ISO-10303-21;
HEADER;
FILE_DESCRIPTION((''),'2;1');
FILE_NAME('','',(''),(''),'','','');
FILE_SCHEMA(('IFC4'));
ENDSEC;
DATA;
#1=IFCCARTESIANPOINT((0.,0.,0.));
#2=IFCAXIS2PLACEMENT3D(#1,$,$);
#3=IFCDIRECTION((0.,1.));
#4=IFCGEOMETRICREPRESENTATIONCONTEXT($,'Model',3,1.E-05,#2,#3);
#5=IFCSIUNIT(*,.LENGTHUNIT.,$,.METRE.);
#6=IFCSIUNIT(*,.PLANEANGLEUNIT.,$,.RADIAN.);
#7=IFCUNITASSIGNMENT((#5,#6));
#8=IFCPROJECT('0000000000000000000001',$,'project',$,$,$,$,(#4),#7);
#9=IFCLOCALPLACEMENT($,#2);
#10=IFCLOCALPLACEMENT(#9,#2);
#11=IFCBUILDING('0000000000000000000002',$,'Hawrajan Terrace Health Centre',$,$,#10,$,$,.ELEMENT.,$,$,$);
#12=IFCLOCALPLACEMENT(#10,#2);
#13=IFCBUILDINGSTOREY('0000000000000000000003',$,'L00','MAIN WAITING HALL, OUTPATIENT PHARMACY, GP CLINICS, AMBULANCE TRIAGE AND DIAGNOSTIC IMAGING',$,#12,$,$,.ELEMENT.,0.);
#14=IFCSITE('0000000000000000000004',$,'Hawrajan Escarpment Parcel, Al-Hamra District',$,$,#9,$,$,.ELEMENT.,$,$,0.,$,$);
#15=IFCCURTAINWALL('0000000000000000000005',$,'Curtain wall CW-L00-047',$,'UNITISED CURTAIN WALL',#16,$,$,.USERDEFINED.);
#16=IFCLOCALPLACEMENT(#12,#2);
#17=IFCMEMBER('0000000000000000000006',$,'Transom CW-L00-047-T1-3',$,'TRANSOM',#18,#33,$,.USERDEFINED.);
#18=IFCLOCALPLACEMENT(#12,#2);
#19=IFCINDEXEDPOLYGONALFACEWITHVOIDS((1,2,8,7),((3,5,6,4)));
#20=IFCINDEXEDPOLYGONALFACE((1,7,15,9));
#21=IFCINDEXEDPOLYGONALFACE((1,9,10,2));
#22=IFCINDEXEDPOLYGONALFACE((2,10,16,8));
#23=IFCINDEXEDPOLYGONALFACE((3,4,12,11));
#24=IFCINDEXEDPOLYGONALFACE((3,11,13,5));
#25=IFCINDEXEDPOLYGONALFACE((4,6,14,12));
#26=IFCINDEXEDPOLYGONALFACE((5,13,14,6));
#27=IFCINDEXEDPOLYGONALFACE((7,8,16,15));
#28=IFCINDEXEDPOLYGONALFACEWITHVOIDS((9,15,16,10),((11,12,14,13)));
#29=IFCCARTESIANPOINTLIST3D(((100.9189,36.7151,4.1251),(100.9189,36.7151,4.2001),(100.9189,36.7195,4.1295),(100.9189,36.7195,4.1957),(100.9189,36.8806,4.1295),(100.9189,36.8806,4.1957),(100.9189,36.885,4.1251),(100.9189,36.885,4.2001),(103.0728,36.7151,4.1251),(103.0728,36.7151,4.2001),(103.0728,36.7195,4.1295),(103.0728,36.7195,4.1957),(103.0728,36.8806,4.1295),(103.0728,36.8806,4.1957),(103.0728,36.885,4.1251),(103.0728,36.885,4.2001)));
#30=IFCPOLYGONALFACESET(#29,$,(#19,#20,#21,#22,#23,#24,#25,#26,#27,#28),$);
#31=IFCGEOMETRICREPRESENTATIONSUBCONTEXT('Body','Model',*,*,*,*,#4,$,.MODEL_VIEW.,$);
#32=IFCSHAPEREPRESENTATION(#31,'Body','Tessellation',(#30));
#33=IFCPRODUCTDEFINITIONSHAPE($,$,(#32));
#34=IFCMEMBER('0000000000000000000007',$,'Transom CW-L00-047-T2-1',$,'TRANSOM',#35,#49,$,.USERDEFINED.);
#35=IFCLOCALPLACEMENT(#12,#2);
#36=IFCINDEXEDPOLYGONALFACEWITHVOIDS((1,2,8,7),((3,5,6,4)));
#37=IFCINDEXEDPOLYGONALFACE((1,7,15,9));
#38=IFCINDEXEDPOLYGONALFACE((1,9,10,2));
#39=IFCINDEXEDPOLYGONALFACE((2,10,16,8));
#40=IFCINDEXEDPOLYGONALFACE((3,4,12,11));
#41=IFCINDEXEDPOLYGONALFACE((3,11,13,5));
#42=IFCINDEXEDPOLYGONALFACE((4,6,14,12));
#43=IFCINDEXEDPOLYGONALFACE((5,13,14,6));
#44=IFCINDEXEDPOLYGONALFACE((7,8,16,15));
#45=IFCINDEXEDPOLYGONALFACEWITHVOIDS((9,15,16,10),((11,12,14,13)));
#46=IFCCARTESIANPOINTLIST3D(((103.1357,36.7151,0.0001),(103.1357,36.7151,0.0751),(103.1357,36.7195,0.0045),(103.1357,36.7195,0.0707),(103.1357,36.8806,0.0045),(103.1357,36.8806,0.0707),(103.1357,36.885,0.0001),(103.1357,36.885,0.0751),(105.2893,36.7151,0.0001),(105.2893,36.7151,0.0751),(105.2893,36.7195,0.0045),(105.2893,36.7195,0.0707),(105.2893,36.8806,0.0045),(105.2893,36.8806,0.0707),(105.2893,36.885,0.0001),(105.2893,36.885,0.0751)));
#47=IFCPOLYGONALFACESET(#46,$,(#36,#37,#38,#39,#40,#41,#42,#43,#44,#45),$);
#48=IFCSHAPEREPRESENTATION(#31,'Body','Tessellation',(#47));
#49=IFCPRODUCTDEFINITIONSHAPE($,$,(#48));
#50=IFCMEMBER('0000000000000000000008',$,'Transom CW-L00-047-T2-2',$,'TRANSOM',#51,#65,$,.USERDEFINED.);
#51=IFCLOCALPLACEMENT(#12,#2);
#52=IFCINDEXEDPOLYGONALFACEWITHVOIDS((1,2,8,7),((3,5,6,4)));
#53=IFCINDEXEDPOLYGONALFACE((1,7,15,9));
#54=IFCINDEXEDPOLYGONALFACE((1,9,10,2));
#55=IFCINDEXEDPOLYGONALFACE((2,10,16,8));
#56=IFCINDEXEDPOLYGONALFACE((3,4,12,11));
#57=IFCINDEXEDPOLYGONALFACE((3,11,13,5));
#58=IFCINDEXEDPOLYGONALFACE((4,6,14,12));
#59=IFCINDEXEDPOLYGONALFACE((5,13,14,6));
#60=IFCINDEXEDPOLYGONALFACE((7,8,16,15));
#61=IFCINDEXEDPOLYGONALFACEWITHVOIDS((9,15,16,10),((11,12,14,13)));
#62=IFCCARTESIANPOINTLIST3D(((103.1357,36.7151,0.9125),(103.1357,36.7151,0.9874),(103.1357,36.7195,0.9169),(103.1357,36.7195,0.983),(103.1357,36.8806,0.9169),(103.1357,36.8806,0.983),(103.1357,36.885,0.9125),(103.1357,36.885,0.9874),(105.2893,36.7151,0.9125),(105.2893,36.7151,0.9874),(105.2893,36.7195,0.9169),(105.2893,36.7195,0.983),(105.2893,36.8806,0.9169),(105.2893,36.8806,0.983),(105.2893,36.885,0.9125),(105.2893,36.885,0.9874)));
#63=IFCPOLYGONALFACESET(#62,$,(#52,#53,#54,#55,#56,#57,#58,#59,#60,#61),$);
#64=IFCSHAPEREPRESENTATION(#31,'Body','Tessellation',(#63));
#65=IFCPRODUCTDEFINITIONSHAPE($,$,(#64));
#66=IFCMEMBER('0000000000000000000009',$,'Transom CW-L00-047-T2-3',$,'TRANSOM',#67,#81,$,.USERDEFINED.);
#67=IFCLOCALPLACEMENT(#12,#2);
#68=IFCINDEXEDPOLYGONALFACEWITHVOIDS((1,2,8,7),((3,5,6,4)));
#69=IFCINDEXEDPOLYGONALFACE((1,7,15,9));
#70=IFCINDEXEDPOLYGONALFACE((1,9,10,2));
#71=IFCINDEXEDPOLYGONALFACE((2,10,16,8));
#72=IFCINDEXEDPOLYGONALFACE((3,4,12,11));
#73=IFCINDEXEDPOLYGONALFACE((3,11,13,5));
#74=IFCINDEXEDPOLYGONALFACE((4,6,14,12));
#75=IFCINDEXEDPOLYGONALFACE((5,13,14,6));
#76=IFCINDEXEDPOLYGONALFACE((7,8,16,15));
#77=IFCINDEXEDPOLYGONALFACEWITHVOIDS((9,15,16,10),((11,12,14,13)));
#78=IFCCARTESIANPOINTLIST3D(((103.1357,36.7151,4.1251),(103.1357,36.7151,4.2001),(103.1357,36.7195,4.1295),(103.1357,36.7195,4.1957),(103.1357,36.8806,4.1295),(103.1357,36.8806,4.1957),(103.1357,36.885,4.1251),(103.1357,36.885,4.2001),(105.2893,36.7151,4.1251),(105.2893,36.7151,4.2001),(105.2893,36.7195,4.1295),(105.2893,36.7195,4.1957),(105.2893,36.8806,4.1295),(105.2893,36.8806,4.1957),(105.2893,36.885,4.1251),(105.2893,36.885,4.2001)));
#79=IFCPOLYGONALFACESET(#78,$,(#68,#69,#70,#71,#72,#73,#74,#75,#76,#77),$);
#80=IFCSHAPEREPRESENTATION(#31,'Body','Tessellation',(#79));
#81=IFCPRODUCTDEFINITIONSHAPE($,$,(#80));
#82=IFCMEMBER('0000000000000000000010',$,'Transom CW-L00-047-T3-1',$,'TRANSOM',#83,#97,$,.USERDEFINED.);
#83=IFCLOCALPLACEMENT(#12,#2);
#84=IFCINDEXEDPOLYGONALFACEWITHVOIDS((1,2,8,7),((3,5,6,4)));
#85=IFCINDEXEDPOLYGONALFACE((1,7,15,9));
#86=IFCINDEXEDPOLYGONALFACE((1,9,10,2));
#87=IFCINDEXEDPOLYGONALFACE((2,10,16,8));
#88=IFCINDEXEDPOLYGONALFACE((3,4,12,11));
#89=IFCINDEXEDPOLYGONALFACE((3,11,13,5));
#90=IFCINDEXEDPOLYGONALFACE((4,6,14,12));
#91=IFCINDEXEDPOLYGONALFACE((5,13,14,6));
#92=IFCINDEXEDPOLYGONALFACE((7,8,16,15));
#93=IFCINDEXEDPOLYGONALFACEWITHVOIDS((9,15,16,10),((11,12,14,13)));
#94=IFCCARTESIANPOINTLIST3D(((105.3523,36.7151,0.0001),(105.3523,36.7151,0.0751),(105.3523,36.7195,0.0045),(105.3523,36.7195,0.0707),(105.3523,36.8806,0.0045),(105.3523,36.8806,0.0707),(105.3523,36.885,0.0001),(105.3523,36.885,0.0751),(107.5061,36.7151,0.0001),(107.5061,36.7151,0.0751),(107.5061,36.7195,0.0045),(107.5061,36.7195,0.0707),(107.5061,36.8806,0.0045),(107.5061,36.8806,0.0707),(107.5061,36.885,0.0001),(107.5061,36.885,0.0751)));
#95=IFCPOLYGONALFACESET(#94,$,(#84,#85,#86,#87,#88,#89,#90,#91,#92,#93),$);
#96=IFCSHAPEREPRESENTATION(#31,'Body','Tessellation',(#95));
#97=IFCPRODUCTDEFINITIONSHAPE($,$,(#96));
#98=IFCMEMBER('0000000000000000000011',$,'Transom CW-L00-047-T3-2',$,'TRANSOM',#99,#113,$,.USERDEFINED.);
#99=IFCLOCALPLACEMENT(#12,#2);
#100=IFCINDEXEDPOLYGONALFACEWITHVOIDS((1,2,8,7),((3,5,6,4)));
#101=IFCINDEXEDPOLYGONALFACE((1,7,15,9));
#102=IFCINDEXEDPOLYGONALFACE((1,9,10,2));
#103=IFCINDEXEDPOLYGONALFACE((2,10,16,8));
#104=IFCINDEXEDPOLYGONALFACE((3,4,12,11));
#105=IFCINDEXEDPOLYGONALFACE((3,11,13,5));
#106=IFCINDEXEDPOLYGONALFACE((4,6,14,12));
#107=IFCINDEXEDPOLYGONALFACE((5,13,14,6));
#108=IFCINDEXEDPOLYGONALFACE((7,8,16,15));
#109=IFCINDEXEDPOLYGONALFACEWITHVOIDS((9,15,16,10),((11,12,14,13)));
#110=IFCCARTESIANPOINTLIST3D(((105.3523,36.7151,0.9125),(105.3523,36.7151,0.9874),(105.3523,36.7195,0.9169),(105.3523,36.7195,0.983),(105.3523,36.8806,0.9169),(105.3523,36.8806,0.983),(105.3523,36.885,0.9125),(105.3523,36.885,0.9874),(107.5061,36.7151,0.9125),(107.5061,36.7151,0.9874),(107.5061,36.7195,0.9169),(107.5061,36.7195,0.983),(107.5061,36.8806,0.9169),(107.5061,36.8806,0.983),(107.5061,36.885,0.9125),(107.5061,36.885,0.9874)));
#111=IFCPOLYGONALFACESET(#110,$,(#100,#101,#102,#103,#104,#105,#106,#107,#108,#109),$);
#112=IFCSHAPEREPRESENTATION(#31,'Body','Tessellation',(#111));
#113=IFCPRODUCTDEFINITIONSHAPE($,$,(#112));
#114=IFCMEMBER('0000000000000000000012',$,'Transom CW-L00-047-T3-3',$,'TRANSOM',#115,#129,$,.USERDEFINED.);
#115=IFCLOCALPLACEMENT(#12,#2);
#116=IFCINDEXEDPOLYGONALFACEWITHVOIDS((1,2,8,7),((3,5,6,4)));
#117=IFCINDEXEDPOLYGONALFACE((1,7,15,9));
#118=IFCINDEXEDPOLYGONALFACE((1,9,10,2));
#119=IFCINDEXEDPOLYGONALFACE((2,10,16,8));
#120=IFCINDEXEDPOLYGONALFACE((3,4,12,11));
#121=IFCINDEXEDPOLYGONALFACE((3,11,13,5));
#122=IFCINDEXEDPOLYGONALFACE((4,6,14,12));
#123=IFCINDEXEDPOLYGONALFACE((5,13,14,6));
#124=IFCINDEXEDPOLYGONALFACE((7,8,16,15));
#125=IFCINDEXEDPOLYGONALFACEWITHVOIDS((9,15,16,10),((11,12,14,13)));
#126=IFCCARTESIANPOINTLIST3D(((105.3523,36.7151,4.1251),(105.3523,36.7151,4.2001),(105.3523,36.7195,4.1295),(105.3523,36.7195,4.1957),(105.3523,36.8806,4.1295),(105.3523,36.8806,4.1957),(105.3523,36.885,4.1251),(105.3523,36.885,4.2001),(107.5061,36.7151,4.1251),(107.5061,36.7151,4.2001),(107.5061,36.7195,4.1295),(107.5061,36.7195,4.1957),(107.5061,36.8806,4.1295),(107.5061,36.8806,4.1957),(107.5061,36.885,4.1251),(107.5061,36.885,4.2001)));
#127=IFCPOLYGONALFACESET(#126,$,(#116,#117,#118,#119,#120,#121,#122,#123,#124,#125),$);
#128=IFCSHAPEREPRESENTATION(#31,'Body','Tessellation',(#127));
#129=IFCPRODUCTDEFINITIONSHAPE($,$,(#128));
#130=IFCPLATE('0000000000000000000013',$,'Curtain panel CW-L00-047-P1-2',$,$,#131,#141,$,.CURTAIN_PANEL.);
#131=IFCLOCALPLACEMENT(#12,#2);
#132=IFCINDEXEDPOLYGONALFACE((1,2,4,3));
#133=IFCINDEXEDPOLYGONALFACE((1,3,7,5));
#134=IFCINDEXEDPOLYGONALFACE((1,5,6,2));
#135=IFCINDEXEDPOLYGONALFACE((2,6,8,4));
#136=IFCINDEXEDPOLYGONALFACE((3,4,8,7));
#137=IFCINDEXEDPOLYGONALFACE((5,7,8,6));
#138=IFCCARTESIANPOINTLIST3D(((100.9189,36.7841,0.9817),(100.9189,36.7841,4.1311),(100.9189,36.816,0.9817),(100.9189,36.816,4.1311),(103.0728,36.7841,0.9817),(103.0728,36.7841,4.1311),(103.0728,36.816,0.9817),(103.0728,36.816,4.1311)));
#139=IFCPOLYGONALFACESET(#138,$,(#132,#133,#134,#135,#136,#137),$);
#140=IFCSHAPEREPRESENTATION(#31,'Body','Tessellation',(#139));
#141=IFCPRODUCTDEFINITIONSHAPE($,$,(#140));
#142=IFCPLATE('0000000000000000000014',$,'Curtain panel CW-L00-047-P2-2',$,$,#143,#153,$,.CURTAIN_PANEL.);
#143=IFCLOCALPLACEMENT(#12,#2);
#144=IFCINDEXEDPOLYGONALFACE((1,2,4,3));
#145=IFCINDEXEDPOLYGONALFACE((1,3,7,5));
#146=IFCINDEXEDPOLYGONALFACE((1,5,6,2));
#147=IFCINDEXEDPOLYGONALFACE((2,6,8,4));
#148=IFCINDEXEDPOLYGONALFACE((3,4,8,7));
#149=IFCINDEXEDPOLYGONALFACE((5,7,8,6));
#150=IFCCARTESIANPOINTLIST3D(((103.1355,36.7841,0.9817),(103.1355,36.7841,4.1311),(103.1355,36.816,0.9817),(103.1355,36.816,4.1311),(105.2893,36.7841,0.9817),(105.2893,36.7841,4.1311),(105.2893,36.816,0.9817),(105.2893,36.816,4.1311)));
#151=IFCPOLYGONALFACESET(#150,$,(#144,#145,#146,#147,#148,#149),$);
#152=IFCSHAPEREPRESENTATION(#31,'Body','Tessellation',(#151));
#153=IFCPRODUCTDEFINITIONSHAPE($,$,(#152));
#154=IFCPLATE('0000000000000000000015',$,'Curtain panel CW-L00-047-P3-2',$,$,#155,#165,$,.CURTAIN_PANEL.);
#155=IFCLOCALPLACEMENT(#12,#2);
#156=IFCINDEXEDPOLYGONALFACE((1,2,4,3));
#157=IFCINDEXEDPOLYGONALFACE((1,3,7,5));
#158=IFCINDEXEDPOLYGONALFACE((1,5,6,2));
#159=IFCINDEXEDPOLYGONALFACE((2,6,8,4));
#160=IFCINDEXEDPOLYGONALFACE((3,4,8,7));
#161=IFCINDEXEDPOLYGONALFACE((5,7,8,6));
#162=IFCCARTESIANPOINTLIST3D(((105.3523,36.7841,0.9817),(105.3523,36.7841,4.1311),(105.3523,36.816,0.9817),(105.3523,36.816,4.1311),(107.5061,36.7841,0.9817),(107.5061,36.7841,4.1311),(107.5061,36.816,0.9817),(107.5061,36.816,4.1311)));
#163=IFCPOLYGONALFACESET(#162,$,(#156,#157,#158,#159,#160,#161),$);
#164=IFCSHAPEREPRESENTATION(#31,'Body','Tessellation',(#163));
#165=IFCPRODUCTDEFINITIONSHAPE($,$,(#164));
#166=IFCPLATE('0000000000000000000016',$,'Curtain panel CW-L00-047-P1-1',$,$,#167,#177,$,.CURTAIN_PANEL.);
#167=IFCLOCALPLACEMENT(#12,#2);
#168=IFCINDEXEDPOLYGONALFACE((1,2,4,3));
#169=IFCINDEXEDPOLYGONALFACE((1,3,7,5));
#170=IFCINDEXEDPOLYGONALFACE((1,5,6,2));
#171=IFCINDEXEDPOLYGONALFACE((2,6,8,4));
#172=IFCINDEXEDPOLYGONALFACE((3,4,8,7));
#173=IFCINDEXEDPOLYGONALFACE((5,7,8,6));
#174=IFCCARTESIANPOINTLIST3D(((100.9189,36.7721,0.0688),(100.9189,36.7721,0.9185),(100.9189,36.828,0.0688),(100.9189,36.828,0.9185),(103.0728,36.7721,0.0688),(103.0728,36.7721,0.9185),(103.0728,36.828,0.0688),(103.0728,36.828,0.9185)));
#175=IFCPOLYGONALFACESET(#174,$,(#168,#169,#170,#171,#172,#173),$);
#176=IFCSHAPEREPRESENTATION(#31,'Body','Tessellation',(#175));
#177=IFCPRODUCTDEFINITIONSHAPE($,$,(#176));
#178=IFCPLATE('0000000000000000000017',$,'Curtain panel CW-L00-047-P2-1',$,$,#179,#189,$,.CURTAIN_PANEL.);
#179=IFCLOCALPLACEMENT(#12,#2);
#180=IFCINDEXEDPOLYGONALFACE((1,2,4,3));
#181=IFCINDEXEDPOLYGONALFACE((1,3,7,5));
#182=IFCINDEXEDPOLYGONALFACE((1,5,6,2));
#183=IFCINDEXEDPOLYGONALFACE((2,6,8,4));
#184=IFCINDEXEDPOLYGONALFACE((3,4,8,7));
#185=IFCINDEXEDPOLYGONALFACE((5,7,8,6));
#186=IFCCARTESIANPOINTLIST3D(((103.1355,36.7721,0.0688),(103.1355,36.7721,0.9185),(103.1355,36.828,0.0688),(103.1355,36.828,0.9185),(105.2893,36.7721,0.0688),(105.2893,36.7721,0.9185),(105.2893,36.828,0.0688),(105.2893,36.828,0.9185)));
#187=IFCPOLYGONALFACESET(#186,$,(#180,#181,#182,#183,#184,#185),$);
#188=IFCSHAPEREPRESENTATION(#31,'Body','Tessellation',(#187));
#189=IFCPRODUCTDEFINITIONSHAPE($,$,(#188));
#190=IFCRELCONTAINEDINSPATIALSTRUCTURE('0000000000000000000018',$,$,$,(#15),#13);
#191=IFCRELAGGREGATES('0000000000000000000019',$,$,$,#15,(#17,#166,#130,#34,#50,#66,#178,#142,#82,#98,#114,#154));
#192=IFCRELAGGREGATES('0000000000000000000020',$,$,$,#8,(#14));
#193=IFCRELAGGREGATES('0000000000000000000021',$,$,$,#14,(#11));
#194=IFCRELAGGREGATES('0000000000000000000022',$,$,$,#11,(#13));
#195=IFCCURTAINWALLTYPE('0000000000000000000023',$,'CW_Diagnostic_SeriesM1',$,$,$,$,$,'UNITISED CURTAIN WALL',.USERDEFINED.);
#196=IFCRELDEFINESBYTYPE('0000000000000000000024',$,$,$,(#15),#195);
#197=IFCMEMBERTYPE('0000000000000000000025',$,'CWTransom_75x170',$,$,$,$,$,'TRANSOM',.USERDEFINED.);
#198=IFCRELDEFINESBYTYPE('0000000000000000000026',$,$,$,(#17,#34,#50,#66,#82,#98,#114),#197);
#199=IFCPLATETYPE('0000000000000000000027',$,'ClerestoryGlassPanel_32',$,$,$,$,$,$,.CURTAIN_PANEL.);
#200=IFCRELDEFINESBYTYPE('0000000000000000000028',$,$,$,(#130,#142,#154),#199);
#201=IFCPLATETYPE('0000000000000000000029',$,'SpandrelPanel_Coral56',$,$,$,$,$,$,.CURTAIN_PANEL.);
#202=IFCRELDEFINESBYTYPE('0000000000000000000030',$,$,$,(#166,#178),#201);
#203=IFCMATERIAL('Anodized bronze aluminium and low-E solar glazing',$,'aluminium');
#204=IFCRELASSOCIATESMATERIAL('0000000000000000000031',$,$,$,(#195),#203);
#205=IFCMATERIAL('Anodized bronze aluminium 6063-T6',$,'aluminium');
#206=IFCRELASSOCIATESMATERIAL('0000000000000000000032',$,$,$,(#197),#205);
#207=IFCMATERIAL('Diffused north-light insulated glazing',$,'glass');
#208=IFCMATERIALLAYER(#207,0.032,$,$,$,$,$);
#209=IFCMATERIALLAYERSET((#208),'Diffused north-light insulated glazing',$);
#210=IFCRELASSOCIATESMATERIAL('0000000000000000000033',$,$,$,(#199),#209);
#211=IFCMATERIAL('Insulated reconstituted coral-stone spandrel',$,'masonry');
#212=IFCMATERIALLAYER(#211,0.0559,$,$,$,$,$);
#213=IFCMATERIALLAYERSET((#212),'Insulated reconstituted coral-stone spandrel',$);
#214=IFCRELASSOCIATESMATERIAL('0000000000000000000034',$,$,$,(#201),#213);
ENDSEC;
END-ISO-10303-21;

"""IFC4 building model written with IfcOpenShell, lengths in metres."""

from ifc_helpers import new_model, si_unit, direction, frame, origin, origin_2d, place, context, subcontext, project, spatial, rectangle, hollow_rectangle, extrude, material, layer, layer_set, material_profile, profile_set, type_object, element, aggregate, save


model = new_model("IFC4")

# Units and contexts
model_context = context("Model", 3, precision=1e-05, world=origin(), true_north=direction((0.0, 1.0)))
body_context = subcontext(model_context, "Body", "Model", "MODEL_VIEW")
ifc_project = project(units=[si_unit("LENGTHUNIT", "METRE"), si_unit("PLANEANGLEUNIT", "RADIAN")], contexts=[model_context])

# Site, building, storey
site_placement = place(None, origin())
site = spatial("IfcSite", under=ifc_project, at=site_placement, Name="Hawrajan Escarpment Parcel, Al-Hamra District", CompositionType="ELEMENT", RefElevation=0.0)
building_placement = place(site_placement, origin())
building = spatial("IfcBuilding", under=site, at=building_placement, Name="Hawrajan Terrace Health Centre", CompositionType="ELEMENT")
storey_placement = place(building_placement, origin())
storey = spatial("IfcBuildingStorey", under=building, at=storey_placement, Name="L00", Description="MAIN WAITING HALL, OUTPATIENT PHARMACY, GP CLINICS, AMBULANCE TRIAGE AND DIAGNOSTIC IMAGING", CompositionType="ELEMENT", Elevation=0.0)

# Shared definitions
ifc_material_1 = material(Name="Anodized bronze aluminium and low-E solar glazing", Category="aluminium")
ifc_material_2 = material(Name="Anodized bronze aluminium 6063-T6", Category="aluminium")

# Curtain wall, members, plates
curtain_wall_type_1 = type_object("IfcCurtainWallType", Name="CW_Diagnostic_SeriesM1", ElementType="UNITISED CURTAIN WALL", PredefinedType="USERDEFINED", material=ifc_material_1)
curtain_wall_1_placement = place(storey_placement, origin())
curtain_wall_1 = element("IfcCurtainWall", 1, at=curtain_wall_1_placement, inside=storey, type_object=curtain_wall_type_1, Name="Curtain wall CW-L00-047", ObjectType="UNITISED CURTAIN WALL", PredefinedType="USERDEFINED")
ifc_material_profile_1 = material_profile(ifc_material_2, hollow_rectangle(XDim=0.075, YDim=0.1699, WallThickness=0.0044, at=origin_2d()), Name="CW TRN 75x170")
ifc_profile_set_1 = profile_set([ifc_material_profile_1], Name="Anodized bronze aluminium 6063-T6")
member_type_1 = type_object("IfcMemberType", Name="CWTransom_75x170", ElementType="TRANSOM", PredefinedType="USERDEFINED", material=ifc_profile_set_1)
member_1_placement = place(storey_placement, frame((100.9189, 36.8, 4.1626), z_axis=(1.0, 0.0, 0.0), x_axis=(0.0, 0.0, 1.0)))
member_1 = element("IfcMember", 2, at=member_1_placement, type_object=member_type_1, Name="Transom CW-L00-047-T1-3", ObjectType="TRANSOM", PredefinedType="USERDEFINED", context=body_context, shape_type="SweptSolid", body=[
    extrude(hollow_rectangle(XDim=0.075, YDim=0.1699, WallThickness=0.0044, at=origin_2d()), origin(), (0.0, 0.0, 1.0), 2.1538),
])
member_2_placement = place(storey_placement, frame((103.1357, 36.8, 0.0376), z_axis=(1.0, 0.0, 0.0), x_axis=(0.0, 0.0, 1.0)))
member_2 = element("IfcMember", 3, at=member_2_placement, type_object=member_type_1, Name="Transom CW-L00-047-T2-1", ObjectType="TRANSOM", PredefinedType="USERDEFINED", context=body_context, shape_type="SweptSolid", body=[
    extrude(hollow_rectangle(XDim=0.075, YDim=0.1699, WallThickness=0.0044, at=origin_2d()), origin(), (0.0, 0.0, 1.0), 2.1536),
])
member_3_placement = place(storey_placement, frame((103.1357, 36.8, 0.95), z_axis=(1.0, 0.0, 0.0), x_axis=(0.0, 0.0, 1.0)))
member_3 = element("IfcMember", 4, at=member_3_placement, type_object=member_type_1, Name="Transom CW-L00-047-T2-2", ObjectType="TRANSOM", PredefinedType="USERDEFINED", context=body_context, shape_type="SweptSolid", body=[
    extrude(hollow_rectangle(XDim=0.075, YDim=0.1699, WallThickness=0.0044, at=origin_2d()), origin(), (0.0, 0.0, 1.0), 2.1536),
])
member_4_placement = place(storey_placement, frame((103.1357, 36.8, 4.1626), z_axis=(1.0, 0.0, 0.0), x_axis=(0.0, 0.0, 1.0)))
member_4 = element("IfcMember", 5, at=member_4_placement, type_object=member_type_1, Name="Transom CW-L00-047-T2-3", ObjectType="TRANSOM", PredefinedType="USERDEFINED", context=body_context, shape_type="SweptSolid", body=[
    extrude(hollow_rectangle(XDim=0.075, YDim=0.1699, WallThickness=0.0044, at=origin_2d()), origin(), (0.0, 0.0, 1.0), 2.1536),
])
member_5_placement = place(storey_placement, frame((105.3523, 36.8, 0.0376), z_axis=(1.0, 0.0, 0.0), x_axis=(0.0, 0.0, 1.0)))
member_5 = element("IfcMember", 6, at=member_5_placement, type_object=member_type_1, Name="Transom CW-L00-047-T3-1", ObjectType="TRANSOM", PredefinedType="USERDEFINED", context=body_context, shape_type="SweptSolid", body=[
    extrude(hollow_rectangle(XDim=0.075, YDim=0.1699, WallThickness=0.0044, at=origin_2d()), origin(), (0.0, 0.0, 1.0), 2.1538),
])
member_6_placement = place(storey_placement, frame((105.3523, 36.8, 0.95), z_axis=(1.0, 0.0, 0.0), x_axis=(0.0, 0.0, 1.0)))
member_6 = element("IfcMember", 7, at=member_6_placement, type_object=member_type_1, Name="Transom CW-L00-047-T3-2", ObjectType="TRANSOM", PredefinedType="USERDEFINED", context=body_context, shape_type="SweptSolid", body=[
    extrude(hollow_rectangle(XDim=0.075, YDim=0.1699, WallThickness=0.0044, at=origin_2d()), origin(), (0.0, 0.0, 1.0), 2.1538),
])
member_7_placement = place(storey_placement, frame((105.3523, 36.8, 4.1626), z_axis=(1.0, 0.0, 0.0), x_axis=(0.0, 0.0, 1.0)))
member_7 = element("IfcMember", 8, at=member_7_placement, type_object=member_type_1, Name="Transom CW-L00-047-T3-3", ObjectType="TRANSOM", PredefinedType="USERDEFINED", context=body_context, shape_type="SweptSolid", body=[
    extrude(hollow_rectangle(XDim=0.075, YDim=0.1699, WallThickness=0.0044, at=origin_2d()), origin(), (0.0, 0.0, 1.0), 2.1538),
])
ifc_material_3 = material(Name="Diffused north-light insulated glazing", Category="glass")
ifc_layer_1 = layer(ifc_material_3, 0.032)
ifc_layer_set_1 = layer_set([ifc_layer_1], Name="Diffused north-light insulated glazing")
plate_type_1 = type_object("IfcPlateType", Name="ClerestoryGlassPanel_32", PredefinedType="CURTAIN_PANEL", material=ifc_layer_set_1)
plate_1_placement = place(storey_placement, frame((101.9958, 36.8, 0.9817), z_axis=(0.0, 0.0, 1.0), x_axis=(1.0, 0.0, 0.0)))
plate_1 = element("IfcPlate", 9, at=plate_1_placement, type_object=plate_type_1, Name="Curtain panel CW-L00-047-P1-2", PredefinedType="CURTAIN_PANEL", context=body_context, shape_type="SweptSolid", body=[
    extrude(rectangle(XDim=2.1538, YDim=0.032, at=origin_2d()), origin(), (0.0, 0.0, 1.0), 3.1494),
])
plate_2_placement = place(storey_placement, frame((104.2124, 36.8, 0.9817), z_axis=(0.0, 0.0, 1.0), x_axis=(1.0, 0.0, 0.0)))
plate_2 = element("IfcPlate", 10, at=plate_2_placement, type_object=plate_type_1, Name="Curtain panel CW-L00-047-P2-2", PredefinedType="CURTAIN_PANEL", context=body_context, shape_type="SweptSolid", body=[
    extrude(rectangle(XDim=2.1538, YDim=0.032, at=origin_2d()), origin(), (0.0, 0.0, 1.0), 3.1494),
])
plate_3_placement = place(storey_placement, frame((106.4292, 36.8, 0.9817), z_axis=(0.0, 0.0, 1.0), x_axis=(1.0, 0.0, 0.0)))
plate_3 = element("IfcPlate", 11, at=plate_3_placement, type_object=plate_type_1, Name="Curtain panel CW-L00-047-P3-2", PredefinedType="CURTAIN_PANEL", context=body_context, shape_type="SweptSolid", body=[
    extrude(rectangle(XDim=2.1538, YDim=0.032, at=origin_2d()), origin(), (0.0, 0.0, 1.0), 3.1494),
])
ifc_material_4 = material(Name="Insulated reconstituted coral-stone spandrel", Category="masonry")
ifc_layer_2 = layer(ifc_material_4, 0.0559)
ifc_layer_set_2 = layer_set([ifc_layer_2], Name="Insulated reconstituted coral-stone spandrel")
plate_type_2 = type_object("IfcPlateType", Name="SpandrelPanel_Coral56", PredefinedType="CURTAIN_PANEL", material=ifc_layer_set_2)
plate_4_placement = place(storey_placement, frame((101.9958, 36.8, 0.0688), z_axis=(0.0, 0.0, 1.0), x_axis=(1.0, 0.0, 0.0)))
plate_4 = element("IfcPlate", 12, at=plate_4_placement, type_object=plate_type_2, Name="Curtain panel CW-L00-047-P1-1", PredefinedType="CURTAIN_PANEL", context=body_context, shape_type="SweptSolid", body=[
    extrude(rectangle(XDim=2.1538, YDim=0.0559, at=origin_2d()), origin(), (0.0, 0.0, 1.0), 0.8496),
])
plate_5_placement = place(storey_placement, frame((104.2124, 36.8, 0.0688), z_axis=(0.0, 0.0, 1.0), x_axis=(1.0, 0.0, 0.0)))
plate_5 = element("IfcPlate", 13, at=plate_5_placement, type_object=plate_type_2, Name="Curtain panel CW-L00-047-P2-1", PredefinedType="CURTAIN_PANEL", context=body_context, shape_type="SweptSolid", body=[
    extrude(rectangle(XDim=2.1538, YDim=0.0559, at=origin_2d()), origin(), (0.0, 0.0, 1.0), 0.8496),
])
aggregate(curtain_wall_1, [member_1, plate_4, plate_1, member_2, member_3, member_4, plate_5, plate_2, member_5, member_6, member_7, plate_3])

save(model, "model.ifc")
